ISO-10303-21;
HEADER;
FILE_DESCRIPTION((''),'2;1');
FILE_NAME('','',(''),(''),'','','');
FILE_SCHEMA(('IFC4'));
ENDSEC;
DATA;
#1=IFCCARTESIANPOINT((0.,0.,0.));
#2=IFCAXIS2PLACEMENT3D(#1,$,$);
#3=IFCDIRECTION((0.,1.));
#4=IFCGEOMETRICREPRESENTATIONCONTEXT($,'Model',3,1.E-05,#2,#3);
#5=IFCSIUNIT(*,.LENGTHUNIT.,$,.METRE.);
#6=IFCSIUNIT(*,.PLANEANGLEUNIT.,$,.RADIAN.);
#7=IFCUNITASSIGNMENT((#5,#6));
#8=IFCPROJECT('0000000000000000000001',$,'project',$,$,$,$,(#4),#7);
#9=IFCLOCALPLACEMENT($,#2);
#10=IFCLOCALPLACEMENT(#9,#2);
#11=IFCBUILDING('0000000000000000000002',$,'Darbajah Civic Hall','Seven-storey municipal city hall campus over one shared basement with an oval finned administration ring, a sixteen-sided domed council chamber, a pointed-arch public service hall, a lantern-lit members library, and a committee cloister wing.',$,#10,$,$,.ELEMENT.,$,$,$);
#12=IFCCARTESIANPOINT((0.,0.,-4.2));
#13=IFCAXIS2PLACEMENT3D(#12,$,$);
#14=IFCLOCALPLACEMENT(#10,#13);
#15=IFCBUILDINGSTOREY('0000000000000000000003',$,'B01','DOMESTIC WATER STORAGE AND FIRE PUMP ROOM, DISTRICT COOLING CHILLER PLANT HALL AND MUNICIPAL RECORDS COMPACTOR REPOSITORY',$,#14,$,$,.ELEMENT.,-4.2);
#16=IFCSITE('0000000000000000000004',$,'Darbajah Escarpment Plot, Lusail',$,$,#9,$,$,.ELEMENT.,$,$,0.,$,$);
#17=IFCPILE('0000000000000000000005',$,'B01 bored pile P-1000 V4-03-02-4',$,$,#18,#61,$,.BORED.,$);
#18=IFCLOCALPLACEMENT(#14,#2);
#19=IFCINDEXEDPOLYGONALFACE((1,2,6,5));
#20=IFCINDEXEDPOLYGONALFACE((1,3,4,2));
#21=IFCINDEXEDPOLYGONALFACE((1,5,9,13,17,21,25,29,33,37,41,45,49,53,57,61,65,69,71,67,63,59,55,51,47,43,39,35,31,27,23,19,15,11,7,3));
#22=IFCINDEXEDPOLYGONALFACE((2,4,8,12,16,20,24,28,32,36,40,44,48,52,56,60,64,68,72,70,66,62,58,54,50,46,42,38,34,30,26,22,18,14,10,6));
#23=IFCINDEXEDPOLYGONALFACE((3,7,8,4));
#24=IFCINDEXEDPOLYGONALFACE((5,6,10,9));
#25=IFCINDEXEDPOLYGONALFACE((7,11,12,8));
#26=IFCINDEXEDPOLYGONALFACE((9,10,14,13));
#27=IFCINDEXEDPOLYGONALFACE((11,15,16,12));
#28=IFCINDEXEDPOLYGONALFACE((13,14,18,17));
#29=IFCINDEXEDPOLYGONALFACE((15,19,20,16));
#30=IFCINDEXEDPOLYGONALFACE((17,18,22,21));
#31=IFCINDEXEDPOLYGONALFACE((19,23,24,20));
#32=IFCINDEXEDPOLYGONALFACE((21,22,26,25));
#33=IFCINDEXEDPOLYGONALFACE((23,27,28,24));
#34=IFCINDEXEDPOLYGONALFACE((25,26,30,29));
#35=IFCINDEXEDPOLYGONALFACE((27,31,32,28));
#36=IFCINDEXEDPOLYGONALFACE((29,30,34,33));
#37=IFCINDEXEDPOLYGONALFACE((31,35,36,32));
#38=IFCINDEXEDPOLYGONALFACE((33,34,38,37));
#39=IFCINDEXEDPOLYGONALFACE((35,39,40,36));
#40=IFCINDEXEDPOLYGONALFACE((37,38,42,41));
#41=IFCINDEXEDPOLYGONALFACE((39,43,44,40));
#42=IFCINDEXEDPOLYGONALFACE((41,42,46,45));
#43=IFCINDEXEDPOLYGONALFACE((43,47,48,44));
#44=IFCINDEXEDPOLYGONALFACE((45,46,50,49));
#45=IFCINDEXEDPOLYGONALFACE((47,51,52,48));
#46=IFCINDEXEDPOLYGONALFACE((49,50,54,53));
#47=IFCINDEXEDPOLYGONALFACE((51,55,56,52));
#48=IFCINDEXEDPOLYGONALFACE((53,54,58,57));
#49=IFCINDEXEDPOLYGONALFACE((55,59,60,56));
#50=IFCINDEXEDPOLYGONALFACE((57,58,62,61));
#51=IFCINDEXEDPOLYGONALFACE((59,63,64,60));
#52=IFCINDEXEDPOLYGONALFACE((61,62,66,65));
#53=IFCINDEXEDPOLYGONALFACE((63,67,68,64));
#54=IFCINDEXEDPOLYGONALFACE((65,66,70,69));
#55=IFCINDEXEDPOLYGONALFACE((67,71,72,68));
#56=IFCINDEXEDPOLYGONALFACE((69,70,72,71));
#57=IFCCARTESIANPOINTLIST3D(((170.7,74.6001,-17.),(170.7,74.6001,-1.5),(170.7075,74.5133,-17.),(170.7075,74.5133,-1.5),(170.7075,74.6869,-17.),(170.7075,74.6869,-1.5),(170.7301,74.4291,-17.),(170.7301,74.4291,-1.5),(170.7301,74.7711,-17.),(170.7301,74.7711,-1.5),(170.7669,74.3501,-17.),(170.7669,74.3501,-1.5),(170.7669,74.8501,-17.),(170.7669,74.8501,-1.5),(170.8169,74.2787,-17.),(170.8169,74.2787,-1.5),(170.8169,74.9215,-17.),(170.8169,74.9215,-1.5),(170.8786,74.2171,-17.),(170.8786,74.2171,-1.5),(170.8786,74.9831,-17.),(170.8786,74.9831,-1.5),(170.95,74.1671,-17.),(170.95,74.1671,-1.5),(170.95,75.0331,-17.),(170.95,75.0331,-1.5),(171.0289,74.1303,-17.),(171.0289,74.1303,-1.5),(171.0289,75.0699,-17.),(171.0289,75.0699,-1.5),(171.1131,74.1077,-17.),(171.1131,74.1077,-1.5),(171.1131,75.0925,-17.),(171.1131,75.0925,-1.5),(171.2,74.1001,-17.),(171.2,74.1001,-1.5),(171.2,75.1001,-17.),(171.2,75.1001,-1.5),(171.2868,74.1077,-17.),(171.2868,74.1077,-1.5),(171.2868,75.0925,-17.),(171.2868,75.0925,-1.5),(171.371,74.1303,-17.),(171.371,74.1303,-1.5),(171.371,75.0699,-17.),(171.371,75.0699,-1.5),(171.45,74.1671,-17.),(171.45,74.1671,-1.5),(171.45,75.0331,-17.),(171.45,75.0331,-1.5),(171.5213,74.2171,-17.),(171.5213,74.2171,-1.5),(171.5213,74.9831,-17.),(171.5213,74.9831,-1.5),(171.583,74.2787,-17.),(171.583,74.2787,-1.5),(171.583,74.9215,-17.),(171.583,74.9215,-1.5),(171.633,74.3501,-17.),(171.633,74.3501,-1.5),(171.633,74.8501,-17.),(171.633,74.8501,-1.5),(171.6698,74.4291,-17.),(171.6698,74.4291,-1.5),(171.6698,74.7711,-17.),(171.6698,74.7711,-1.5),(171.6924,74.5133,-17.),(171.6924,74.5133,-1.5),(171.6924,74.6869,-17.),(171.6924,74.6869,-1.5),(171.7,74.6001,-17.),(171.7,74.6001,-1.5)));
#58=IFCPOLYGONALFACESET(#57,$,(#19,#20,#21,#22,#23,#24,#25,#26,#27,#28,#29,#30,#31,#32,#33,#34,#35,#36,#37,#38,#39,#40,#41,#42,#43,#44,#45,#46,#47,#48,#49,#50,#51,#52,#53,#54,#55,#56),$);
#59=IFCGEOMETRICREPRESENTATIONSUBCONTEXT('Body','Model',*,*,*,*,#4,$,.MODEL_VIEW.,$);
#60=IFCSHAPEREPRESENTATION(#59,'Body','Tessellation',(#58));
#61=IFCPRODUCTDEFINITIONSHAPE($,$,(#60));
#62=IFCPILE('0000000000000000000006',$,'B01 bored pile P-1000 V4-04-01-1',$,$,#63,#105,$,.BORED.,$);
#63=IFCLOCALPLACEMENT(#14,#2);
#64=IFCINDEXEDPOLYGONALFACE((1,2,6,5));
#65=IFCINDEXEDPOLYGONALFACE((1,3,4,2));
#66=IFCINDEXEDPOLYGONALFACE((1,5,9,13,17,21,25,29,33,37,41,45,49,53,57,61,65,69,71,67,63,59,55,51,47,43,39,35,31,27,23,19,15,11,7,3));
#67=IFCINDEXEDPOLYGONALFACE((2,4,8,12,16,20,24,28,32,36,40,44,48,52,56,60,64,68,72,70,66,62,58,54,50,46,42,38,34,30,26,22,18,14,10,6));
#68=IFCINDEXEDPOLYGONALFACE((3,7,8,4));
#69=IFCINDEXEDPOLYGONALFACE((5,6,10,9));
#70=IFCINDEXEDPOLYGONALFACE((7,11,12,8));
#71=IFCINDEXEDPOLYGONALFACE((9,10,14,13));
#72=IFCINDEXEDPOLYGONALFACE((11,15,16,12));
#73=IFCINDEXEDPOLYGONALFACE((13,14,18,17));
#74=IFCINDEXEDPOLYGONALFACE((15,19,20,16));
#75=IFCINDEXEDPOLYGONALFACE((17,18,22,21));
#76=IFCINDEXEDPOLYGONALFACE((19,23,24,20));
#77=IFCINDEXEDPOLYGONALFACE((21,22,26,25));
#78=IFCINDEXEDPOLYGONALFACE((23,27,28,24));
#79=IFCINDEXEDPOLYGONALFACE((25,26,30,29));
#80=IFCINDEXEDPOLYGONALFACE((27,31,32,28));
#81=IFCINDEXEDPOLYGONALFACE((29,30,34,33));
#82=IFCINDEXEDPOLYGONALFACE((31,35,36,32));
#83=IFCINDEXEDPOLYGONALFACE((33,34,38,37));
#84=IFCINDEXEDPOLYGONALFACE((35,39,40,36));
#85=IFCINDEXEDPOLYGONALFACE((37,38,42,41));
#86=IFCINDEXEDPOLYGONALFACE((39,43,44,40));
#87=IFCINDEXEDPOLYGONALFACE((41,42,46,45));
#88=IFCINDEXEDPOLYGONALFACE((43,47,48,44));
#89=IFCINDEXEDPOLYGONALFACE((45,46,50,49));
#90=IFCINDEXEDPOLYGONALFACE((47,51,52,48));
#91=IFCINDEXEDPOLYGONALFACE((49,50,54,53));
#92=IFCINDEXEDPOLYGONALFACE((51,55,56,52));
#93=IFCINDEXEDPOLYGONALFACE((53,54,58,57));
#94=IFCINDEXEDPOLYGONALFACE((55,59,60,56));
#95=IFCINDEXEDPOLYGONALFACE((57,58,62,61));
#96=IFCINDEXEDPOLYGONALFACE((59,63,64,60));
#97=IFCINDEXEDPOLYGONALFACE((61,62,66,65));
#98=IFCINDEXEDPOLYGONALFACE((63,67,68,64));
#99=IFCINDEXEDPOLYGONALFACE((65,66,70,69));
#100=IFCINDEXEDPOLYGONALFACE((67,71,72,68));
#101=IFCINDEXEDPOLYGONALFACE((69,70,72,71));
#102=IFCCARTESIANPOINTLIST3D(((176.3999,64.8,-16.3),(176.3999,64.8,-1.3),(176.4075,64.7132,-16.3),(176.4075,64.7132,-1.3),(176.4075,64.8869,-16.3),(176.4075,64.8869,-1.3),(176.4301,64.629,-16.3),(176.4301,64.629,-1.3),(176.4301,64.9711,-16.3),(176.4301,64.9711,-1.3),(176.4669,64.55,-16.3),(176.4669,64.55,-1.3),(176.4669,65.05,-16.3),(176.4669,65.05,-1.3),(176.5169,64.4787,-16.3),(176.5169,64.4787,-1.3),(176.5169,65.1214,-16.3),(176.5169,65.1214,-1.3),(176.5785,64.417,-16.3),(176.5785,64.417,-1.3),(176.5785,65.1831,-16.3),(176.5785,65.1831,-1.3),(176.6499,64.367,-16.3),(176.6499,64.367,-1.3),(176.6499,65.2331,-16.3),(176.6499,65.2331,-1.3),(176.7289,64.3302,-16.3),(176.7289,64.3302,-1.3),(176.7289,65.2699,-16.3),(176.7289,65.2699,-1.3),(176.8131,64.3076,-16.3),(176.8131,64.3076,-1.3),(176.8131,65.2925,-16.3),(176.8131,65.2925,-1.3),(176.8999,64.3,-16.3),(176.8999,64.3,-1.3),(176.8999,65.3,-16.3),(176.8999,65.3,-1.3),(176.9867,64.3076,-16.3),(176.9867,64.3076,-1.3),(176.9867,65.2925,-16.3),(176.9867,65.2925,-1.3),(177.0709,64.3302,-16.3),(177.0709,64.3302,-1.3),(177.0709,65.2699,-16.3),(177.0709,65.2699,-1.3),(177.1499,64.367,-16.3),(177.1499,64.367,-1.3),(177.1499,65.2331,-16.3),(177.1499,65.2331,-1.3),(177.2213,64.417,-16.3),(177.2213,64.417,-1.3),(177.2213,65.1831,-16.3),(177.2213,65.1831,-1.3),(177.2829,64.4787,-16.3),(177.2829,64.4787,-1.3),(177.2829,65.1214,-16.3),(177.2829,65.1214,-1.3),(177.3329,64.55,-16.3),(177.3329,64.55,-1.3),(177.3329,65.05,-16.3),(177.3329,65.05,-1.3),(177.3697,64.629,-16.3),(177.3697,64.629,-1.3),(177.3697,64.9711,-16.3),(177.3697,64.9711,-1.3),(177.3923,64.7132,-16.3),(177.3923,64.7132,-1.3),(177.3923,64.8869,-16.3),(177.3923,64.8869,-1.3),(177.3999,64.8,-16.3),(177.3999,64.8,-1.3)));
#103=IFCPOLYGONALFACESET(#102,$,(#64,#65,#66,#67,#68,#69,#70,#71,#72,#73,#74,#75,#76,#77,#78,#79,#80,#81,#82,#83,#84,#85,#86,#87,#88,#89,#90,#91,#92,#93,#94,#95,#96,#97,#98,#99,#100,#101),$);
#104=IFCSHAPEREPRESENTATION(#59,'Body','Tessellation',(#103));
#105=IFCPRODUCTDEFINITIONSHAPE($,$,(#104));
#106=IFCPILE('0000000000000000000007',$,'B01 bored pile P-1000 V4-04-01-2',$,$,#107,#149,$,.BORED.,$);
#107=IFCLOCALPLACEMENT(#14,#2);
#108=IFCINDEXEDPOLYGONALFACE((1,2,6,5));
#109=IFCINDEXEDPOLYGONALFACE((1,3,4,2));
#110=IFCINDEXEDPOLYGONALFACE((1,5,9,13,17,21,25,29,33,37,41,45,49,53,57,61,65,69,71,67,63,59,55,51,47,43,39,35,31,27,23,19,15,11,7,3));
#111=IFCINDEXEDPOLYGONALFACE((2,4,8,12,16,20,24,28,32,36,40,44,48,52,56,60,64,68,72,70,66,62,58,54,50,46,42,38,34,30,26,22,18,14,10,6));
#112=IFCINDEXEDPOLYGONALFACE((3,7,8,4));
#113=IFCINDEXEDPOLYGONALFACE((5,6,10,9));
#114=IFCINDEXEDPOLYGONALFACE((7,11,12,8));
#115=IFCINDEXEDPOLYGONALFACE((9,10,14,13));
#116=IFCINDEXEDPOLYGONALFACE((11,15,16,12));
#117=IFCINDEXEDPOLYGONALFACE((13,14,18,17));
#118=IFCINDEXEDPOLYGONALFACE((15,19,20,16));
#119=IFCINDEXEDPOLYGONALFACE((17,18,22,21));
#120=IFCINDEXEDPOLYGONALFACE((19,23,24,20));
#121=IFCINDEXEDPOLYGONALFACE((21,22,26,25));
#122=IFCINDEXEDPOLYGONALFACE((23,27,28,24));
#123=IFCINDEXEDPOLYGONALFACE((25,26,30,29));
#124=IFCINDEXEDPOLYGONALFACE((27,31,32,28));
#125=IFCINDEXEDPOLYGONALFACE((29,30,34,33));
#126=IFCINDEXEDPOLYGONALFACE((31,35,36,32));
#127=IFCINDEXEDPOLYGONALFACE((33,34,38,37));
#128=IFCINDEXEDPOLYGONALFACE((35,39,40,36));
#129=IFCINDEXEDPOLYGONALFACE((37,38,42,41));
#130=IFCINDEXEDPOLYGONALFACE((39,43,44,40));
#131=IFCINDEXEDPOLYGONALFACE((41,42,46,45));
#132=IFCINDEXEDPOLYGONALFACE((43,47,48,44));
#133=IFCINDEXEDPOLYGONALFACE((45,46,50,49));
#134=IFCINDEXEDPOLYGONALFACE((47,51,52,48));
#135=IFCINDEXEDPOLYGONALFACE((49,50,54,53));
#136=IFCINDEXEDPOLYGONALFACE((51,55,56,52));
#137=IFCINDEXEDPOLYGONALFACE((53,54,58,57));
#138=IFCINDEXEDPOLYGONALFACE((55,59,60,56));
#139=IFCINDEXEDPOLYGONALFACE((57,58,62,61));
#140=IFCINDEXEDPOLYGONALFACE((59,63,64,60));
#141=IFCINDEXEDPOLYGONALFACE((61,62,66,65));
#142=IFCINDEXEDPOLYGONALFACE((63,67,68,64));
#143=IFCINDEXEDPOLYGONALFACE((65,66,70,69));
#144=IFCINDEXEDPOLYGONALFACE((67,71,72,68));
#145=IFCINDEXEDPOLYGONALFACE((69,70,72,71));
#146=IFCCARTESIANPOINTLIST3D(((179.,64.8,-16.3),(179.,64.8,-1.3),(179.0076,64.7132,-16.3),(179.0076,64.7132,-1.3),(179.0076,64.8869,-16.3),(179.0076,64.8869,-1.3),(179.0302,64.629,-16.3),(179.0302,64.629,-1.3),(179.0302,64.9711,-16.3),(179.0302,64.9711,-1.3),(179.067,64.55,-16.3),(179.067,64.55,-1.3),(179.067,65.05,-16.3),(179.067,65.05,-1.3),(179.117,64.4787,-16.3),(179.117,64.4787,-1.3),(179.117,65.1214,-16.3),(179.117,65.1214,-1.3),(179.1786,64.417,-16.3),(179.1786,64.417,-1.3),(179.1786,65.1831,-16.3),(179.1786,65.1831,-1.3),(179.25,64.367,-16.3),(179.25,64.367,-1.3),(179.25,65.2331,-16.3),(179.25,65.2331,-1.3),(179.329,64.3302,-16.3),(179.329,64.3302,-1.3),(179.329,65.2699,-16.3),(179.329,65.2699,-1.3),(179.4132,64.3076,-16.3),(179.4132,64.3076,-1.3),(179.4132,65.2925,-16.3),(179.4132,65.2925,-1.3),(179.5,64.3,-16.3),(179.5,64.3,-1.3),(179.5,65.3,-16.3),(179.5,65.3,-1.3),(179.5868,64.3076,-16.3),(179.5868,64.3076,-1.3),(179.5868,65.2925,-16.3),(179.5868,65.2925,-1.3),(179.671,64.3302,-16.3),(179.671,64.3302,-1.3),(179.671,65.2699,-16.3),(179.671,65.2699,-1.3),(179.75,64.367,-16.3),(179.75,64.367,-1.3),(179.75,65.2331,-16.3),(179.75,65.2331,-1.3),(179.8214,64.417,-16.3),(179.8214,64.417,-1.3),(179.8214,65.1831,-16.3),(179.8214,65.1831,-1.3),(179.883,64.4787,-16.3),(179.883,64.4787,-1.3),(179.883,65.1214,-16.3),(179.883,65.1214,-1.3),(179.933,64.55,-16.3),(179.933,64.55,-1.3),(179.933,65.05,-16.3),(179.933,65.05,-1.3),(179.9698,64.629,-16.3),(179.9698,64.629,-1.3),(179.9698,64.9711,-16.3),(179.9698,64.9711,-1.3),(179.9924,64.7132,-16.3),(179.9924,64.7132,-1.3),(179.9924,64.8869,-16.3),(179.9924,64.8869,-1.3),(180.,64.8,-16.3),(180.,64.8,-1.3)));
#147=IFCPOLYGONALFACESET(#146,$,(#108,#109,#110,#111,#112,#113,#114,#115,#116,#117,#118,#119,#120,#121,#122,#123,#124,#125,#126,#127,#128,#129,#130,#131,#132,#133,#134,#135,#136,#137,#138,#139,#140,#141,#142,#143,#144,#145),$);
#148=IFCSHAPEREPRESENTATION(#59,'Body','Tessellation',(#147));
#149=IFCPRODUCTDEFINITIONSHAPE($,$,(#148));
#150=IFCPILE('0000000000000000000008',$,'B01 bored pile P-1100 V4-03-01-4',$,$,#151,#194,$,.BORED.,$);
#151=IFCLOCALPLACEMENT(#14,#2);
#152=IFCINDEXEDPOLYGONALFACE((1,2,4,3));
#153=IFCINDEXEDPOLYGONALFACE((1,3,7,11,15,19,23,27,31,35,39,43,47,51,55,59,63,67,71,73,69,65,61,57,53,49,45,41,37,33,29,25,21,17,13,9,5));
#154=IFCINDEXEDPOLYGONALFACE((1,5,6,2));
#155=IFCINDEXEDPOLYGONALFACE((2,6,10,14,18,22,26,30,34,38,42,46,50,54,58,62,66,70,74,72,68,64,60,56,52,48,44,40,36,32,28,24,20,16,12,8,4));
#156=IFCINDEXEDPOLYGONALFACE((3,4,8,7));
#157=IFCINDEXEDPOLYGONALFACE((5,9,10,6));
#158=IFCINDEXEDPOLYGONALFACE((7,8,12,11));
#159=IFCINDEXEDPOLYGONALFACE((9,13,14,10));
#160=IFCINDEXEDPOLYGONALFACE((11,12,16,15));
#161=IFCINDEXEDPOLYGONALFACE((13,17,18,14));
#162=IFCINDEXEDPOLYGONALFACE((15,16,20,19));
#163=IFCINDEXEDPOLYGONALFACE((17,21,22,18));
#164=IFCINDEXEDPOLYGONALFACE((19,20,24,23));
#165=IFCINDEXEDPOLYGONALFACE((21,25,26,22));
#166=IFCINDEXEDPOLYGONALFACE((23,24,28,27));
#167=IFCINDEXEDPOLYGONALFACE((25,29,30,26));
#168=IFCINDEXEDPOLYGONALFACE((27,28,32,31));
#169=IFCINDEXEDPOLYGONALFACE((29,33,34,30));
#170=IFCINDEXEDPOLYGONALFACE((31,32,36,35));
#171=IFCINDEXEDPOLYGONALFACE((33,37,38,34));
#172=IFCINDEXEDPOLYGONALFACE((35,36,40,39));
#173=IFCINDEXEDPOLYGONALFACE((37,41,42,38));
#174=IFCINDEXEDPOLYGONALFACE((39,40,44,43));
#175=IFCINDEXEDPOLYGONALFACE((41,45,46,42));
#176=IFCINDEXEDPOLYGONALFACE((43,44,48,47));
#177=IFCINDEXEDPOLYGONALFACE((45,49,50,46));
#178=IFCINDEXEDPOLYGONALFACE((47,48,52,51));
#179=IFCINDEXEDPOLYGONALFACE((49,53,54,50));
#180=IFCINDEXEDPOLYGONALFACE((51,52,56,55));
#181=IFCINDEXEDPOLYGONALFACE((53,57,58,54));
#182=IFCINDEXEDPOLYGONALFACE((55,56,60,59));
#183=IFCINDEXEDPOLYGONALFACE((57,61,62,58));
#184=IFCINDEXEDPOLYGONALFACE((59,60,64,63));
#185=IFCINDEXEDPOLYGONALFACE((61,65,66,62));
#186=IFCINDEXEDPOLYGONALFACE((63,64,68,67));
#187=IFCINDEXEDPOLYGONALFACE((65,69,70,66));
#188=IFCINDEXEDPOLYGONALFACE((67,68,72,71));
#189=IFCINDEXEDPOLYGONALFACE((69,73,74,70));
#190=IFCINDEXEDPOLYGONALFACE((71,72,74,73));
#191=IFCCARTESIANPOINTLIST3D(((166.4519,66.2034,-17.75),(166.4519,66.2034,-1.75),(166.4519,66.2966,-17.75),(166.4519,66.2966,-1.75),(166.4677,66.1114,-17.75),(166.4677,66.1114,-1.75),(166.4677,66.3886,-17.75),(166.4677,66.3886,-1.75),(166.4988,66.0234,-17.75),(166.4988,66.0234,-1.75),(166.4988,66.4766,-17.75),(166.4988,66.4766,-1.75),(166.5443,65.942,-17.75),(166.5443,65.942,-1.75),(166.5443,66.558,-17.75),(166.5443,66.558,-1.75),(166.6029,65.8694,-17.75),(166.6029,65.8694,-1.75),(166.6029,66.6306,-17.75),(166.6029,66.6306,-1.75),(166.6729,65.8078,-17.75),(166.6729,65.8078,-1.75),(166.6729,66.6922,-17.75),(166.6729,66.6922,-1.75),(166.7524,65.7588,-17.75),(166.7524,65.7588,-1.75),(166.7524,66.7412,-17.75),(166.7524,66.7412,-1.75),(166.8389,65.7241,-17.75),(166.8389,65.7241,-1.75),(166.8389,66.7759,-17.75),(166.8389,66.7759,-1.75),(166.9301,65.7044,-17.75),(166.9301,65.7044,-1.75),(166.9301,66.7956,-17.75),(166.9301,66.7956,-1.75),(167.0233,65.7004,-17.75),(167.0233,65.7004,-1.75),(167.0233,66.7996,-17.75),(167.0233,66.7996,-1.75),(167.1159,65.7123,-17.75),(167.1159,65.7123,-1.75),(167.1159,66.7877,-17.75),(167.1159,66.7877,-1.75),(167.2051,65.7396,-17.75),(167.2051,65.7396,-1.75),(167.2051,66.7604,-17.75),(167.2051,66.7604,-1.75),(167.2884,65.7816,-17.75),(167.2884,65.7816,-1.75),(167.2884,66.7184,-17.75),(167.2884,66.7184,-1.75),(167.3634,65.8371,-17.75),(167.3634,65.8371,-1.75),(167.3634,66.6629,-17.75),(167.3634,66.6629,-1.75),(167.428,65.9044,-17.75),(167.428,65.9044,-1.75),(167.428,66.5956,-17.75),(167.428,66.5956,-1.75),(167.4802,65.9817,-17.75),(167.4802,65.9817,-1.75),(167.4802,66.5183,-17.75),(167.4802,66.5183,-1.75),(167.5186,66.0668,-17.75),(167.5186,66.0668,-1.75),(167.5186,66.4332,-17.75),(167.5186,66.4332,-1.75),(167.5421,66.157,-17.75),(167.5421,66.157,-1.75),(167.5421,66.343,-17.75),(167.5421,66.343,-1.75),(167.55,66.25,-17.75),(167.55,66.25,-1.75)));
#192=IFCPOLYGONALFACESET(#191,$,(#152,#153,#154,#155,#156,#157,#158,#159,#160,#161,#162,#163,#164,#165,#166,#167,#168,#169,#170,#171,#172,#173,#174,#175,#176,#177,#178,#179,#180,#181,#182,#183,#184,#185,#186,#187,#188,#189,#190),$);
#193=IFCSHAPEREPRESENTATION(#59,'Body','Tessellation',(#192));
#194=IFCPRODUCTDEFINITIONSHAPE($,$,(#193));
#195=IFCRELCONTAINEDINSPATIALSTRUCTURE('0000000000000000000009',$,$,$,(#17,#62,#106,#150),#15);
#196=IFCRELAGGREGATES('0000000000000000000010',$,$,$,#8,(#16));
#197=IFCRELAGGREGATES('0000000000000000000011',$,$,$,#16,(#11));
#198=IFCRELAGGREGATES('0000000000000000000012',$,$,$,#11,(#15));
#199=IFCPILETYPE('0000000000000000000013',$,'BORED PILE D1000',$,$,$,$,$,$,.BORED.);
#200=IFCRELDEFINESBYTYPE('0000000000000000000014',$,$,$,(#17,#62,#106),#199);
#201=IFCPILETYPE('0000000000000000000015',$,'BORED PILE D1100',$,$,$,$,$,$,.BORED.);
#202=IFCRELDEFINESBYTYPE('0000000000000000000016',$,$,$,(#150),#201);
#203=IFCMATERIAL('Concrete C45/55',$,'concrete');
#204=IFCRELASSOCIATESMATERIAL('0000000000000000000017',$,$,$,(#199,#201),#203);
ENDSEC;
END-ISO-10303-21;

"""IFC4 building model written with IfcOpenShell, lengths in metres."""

from ifc_helpers import new_model, si_unit, direction, frame, origin, origin_2d, place, context, subcontext, project, spatial, circle, extrude, material, material_profile, profile_set, type_object, element, save


model = new_model("IFC4")

# Units and contexts
model_context = context("Model", 3, precision=1e-05, world=origin(), true_north=direction((0.0, 1.0)))
body_context = subcontext(model_context, "Body", "Model", "MODEL_VIEW")
ifc_project = project(units=[si_unit("LENGTHUNIT", "METRE"), si_unit("PLANEANGLEUNIT", "RADIAN")], contexts=[model_context])

# Site, building, storey
site_placement = place(None, origin())
site = spatial("IfcSite", under=ifc_project, at=site_placement, Name="Darbajah Escarpment Plot, Lusail", CompositionType="ELEMENT", RefElevation=0.0)
building_placement = place(site_placement, origin())
building = spatial("IfcBuilding", under=site, at=building_placement, Name="Darbajah Civic Hall", Description="Seven-storey municipal city hall campus over one shared basement with an oval finned administration ring, a sixteen-sided domed council chamber, a pointed-arch public service hall, a lantern-lit members library, and a committee cloister wing.", CompositionType="ELEMENT")
storey_placement = place(building_placement, frame((0.0, 0.0, -4.2)))
storey = spatial("IfcBuildingStorey", under=building, at=storey_placement, Name="B01", Description="DOMESTIC WATER STORAGE AND FIRE PUMP ROOM, DISTRICT COOLING CHILLER PLANT HALL AND MUNICIPAL RECORDS COMPACTOR REPOSITORY", CompositionType="ELEMENT", Elevation=-4.2)

# Piles
ifc_material_1 = material(Name="Concrete C45/55", Category="concrete")
ifc_material_profile_1 = material_profile(ifc_material_1, circle(Radius=0.5, at=origin_2d()), Name="BORED PILE D1000")
ifc_profile_set_1 = profile_set([ifc_material_profile_1], Name="Concrete C45/55")
pile_type_1 = type_object("IfcPileType", Name="BORED PILE D1000", PredefinedType="BORED", material=ifc_profile_set_1)
for number, where, z_axis, x_axis, name in (
    (1, (171.2, 74.6001, -1.5), (0.0, 0.0, -1.0), (1.0, 0.0, 0.0), "B01 bored pile P-1000 V4-03-02-4"),
):
    element("IfcPile", number, at=place(storey_placement, frame(where, z_axis=z_axis, x_axis=x_axis)), inside=storey, type_object=pile_type_1, Name=name, PredefinedType="BORED", context=body_context, shape_type="SweptSolid", body=[
        extrude(circle(Radius=0.5, at=origin_2d()), origin(), (0.0, 0.0, 1.0), 15.5),
    ])
for number, where, z_axis, x_axis, name in (
    (2, (176.8999, 64.8, -1.3), (0.0, 0.0, -1.0), (1.0, 0.0, 0.0), "B01 bored pile P-1000 V4-04-01-1"),
    (3, (179.5, 64.8, -1.3), (0.0, 0.0, -1.0), (1.0, 0.0, 0.0), "B01 bored pile P-1000 V4-04-01-2"),
):
    element("IfcPile", number, at=place(storey_placement, frame(where, z_axis=z_axis, x_axis=x_axis)), inside=storey, type_object=pile_type_1, Name=name, PredefinedType="BORED", context=body_context, shape_type="SweptSolid", body=[
        extrude(circle(Radius=0.5, at=origin_2d()), origin(), (0.0, 0.0, 1.0), 15.0),
    ])
ifc_material_profile_2 = material_profile(ifc_material_1, circle(Radius=0.55, at=origin_2d()), Name="BORED PILE D1100")
ifc_profile_set_2 = profile_set([ifc_material_profile_2], Name="Concrete C45/55")
pile_type_2 = type_object("IfcPileType", Name="BORED PILE D1100", PredefinedType="BORED", material=ifc_profile_set_2)
for number, where, z_axis, x_axis, name in (
    (4, (167.0, 66.25, -1.75), (0.0, 0.0, -1.0), (1.0, 0.0, 0.0), "B01 bored pile P-1100 V4-03-01-4"),
):
    element("IfcPile", number, at=place(storey_placement, frame(where, z_axis=z_axis, x_axis=x_axis)), inside=storey, type_object=pile_type_2, Name=name, PredefinedType="BORED", context=body_context, shape_type="SweptSolid", body=[
        extrude(circle(Radius=0.55, at=origin_2d()), origin(), (0.0, 0.0, 1.0), 16.0),
    ])

save(model, "model.ifc")
